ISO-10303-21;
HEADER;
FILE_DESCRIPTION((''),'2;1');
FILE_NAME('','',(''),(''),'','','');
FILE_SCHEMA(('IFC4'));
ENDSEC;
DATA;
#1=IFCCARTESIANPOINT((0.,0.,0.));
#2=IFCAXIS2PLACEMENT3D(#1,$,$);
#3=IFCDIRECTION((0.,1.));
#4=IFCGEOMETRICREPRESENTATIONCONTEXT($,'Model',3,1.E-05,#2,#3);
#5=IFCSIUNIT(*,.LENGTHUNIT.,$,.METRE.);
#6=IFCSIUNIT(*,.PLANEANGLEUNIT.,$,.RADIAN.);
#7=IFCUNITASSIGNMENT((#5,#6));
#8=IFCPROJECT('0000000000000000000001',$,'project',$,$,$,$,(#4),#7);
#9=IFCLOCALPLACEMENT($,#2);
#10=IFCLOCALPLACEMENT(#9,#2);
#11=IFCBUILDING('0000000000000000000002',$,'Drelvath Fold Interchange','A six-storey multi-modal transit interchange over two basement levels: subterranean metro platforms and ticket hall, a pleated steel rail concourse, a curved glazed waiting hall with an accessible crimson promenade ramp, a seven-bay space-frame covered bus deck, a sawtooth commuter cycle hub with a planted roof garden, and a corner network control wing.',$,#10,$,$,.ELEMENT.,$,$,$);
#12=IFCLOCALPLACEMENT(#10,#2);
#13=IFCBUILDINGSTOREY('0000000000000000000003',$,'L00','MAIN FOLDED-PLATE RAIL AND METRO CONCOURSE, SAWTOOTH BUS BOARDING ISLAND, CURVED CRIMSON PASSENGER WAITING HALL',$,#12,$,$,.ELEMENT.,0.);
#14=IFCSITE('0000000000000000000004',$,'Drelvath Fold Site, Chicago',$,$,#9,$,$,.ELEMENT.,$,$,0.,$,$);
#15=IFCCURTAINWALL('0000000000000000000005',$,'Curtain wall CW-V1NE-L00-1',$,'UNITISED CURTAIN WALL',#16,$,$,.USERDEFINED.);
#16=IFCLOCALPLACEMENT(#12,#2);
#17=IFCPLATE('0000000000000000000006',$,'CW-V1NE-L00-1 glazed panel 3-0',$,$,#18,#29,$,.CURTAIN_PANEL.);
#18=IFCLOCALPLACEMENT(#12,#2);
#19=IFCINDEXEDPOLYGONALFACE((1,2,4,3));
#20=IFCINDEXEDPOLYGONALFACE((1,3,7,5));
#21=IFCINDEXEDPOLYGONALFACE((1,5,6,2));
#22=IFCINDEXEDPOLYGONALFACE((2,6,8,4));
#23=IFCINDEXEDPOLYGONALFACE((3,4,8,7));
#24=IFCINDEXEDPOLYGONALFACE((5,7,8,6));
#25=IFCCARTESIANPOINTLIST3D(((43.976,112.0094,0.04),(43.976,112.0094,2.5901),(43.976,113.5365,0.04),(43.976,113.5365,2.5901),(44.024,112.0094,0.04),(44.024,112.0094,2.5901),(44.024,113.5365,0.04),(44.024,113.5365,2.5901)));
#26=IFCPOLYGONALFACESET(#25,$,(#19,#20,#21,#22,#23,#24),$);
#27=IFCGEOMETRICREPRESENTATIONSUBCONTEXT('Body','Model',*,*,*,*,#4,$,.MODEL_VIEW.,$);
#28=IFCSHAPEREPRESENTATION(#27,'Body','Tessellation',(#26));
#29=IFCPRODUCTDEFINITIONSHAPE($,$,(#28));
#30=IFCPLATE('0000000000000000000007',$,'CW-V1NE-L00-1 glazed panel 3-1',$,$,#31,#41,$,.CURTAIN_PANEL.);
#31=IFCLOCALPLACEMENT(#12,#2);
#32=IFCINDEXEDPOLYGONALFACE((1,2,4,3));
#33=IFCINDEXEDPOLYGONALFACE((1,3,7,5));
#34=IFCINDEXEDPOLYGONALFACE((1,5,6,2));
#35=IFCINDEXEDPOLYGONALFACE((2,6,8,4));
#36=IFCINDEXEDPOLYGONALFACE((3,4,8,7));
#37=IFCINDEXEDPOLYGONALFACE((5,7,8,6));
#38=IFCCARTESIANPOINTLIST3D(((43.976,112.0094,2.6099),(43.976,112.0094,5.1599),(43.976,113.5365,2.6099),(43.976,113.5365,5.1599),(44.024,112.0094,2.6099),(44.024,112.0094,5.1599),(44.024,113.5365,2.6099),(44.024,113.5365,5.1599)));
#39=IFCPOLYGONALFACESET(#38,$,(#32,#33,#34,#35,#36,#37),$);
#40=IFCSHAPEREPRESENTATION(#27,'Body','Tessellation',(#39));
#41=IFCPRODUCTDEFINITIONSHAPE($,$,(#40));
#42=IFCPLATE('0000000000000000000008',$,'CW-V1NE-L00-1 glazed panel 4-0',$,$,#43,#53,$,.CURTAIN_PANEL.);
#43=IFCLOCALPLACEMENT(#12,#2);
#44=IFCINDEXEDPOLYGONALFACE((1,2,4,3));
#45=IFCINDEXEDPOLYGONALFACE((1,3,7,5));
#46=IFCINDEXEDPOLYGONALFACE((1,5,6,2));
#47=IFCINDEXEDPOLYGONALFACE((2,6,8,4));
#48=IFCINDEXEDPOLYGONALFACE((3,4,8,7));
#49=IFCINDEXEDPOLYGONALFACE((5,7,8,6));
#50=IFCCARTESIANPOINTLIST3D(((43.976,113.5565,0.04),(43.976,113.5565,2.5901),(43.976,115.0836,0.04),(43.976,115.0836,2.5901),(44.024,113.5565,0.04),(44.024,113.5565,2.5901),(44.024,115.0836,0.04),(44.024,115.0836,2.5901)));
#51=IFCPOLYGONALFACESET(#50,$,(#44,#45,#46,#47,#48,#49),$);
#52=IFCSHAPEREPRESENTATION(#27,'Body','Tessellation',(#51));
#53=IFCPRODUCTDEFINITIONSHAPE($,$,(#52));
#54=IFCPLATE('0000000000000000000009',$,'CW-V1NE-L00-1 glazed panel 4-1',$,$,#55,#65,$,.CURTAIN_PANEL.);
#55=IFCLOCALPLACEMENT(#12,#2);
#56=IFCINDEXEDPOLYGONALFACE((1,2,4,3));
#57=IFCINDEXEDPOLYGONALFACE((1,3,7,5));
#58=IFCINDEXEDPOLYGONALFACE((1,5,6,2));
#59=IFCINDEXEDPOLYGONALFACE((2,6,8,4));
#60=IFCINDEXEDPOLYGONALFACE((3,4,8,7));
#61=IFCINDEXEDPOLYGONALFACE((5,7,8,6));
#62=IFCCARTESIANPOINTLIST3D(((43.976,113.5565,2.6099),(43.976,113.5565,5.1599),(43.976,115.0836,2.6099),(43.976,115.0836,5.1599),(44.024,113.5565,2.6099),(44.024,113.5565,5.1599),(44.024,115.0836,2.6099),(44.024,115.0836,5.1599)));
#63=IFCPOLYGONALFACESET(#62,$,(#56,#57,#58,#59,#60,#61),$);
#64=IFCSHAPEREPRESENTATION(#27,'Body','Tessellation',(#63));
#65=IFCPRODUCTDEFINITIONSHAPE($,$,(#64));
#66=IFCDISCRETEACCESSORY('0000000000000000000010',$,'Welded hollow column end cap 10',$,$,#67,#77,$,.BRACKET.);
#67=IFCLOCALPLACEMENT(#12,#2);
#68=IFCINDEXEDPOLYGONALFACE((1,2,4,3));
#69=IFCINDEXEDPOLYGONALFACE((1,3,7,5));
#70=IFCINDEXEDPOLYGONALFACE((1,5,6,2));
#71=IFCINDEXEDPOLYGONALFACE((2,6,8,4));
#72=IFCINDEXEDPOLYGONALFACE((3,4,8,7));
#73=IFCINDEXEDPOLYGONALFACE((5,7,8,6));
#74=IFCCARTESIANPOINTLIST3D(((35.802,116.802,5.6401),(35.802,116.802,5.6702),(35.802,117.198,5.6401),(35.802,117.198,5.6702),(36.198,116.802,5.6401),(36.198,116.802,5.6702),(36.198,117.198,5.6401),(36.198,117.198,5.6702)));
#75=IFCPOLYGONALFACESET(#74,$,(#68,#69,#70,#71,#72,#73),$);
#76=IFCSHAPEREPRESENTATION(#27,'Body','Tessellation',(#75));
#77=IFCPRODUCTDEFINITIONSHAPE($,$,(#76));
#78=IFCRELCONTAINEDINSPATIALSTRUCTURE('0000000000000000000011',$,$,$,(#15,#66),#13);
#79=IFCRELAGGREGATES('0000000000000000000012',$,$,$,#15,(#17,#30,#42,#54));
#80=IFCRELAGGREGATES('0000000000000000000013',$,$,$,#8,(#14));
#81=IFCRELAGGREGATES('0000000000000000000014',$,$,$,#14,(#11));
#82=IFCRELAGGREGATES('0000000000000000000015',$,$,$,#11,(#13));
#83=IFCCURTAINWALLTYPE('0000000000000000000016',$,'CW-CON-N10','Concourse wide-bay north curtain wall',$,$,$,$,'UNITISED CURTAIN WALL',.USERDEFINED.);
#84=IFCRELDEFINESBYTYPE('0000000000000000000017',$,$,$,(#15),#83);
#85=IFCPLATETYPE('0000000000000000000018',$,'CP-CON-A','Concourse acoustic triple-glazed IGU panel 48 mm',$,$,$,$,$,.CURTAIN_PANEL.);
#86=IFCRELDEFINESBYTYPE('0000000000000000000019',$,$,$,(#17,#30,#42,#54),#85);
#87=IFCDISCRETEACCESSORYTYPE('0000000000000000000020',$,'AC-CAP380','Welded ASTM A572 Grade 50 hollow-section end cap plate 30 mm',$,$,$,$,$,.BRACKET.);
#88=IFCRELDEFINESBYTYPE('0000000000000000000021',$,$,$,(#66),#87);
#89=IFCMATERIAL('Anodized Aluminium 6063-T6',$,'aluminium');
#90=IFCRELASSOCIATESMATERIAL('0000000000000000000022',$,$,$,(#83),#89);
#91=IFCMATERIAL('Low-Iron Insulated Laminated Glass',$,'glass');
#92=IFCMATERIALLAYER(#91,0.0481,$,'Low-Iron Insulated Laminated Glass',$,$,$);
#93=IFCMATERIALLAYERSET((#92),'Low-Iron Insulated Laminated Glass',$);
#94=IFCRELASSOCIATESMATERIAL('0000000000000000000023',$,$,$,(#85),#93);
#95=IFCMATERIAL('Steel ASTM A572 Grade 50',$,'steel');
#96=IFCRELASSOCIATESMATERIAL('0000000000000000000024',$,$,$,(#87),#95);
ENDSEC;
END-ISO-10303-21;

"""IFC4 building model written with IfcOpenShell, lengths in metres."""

from ifc_helpers import new_model, si_unit, direction, frame, origin, origin_2d, place, context, subcontext, project, spatial, rectangle, extrude, material, layer, layer_set, type_object, element, aggregate, save


model = new_model("IFC4")

# Units and contexts
model_context = context("Model", 3, precision=1e-05, world=origin(), true_north=direction((0.0, 1.0)))
body_context = subcontext(model_context, "Body", "Model", "MODEL_VIEW")
ifc_project = project(units=[si_unit("LENGTHUNIT", "METRE"), si_unit("PLANEANGLEUNIT", "RADIAN")], contexts=[model_context])

# Site, building, storey
site_placement = place(None, origin())
site = spatial("IfcSite", under=ifc_project, at=site_placement, Name="Drelvath Fold Site, Chicago", CompositionType="ELEMENT", RefElevation=0.0)
building_placement = place(site_placement, origin())
building = spatial("IfcBuilding", under=site, at=building_placement, Name="Drelvath Fold Interchange", Description="A six-storey multi-modal transit interchange over two basement levels: subterranean metro platforms and ticket hall, a pleated steel rail concourse, a curved glazed waiting hall with an accessible crimson promenade ramp, a seven-bay space-frame covered bus deck, a sawtooth commuter cycle hub with a planted roof garden, and a corner network control wing.", CompositionType="ELEMENT")
storey_placement = place(building_placement, origin())
storey = spatial("IfcBuildingStorey", under=building, at=storey_placement, Name="L00", Description="MAIN FOLDED-PLATE RAIL AND METRO CONCOURSE, SAWTOOTH BUS BOARDING ISLAND, CURVED CRIMSON PASSENGER WAITING HALL", CompositionType="ELEMENT", Elevation=0.0)

# Curtain wall
ifc_material_1 = material(Name="Anodized Aluminium 6063-T6", Category="aluminium")
curtain_wall_type_1 = type_object("IfcCurtainWallType", Name="CW-CON-N10", Description="Concourse wide-bay north curtain wall", ElementType="UNITISED CURTAIN WALL", PredefinedType="USERDEFINED", material=ifc_material_1)
curtain_wall_1_placement = place(storey_placement, origin())
curtain_wall_1 = element("IfcCurtainWall", 1, at=curtain_wall_1_placement, inside=storey, type_object=curtain_wall_type_1, Name="Curtain wall CW-V1NE-L00-1", ObjectType="UNITISED CURTAIN WALL", PredefinedType="USERDEFINED")

# Shared definitions
ifc_material_2 = material(Name="Low-Iron Insulated Laminated Glass", Category="glass")
ifc_layer = layer(ifc_material_2, 0.0481, Name="Low-Iron Insulated Laminated Glass")
ifc_layer_set = layer_set([ifc_layer], Name="Low-Iron Insulated Laminated Glass")
plate_type = type_object("IfcPlateType", Name="CP-CON-A", Description="Concourse acoustic triple-glazed IGU panel 48 mm", PredefinedType="CURTAIN_PANEL", material=ifc_layer_set)

# Plates
plate_1_placement = place(storey_placement, frame((44.0, 112.7729, 0.04), z_axis=(0.0, 0.0, 1.0), x_axis=(0.0, 1.0, 0.0)))
plate_1 = element("IfcPlate", 2, at=plate_1_placement, type_object=plate_type, Name="CW-V1NE-L00-1 glazed panel 3-0", PredefinedType="CURTAIN_PANEL", context=body_context, shape_type="SweptSolid", body=[
    extrude(rectangle(XDim=1.5271, YDim=0.0481, at=origin_2d()), origin(), (0.0, 0.0, 1.0), 2.55),
])
plate_2_placement = place(storey_placement, frame((44.0, 112.7729, 2.6099), z_axis=(0.0, 0.0, 1.0), x_axis=(0.0, 1.0, 0.0)))
plate_2 = element("IfcPlate", 3, at=plate_2_placement, type_object=plate_type, Name="CW-V1NE-L00-1 glazed panel 3-1", PredefinedType="CURTAIN_PANEL", context=body_context, shape_type="SweptSolid", body=[
    extrude(rectangle(XDim=1.5271, YDim=0.0481, at=origin_2d()), origin(), (0.0, 0.0, 1.0), 2.55),
])
plate_3_placement = place(storey_placement, frame((44.0, 114.3201, 0.04), z_axis=(0.0, 0.0, 1.0), x_axis=(0.0, 1.0, 0.0)))
plate_3 = element("IfcPlate", 4, at=plate_3_placement, type_object=plate_type, Name="CW-V1NE-L00-1 glazed panel 4-0", PredefinedType="CURTAIN_PANEL", context=body_context, shape_type="SweptSolid", body=[
    extrude(rectangle(XDim=1.5271, YDim=0.0481, at=origin_2d()), origin(), (0.0, 0.0, 1.0), 2.55),
])
plate_4_placement = place(storey_placement, frame((44.0, 114.3201, 2.6099), z_axis=(0.0, 0.0, 1.0), x_axis=(0.0, 1.0, 0.0)))
plate_4 = element("IfcPlate", 5, at=plate_4_placement, type_object=plate_type, Name="CW-V1NE-L00-1 glazed panel 4-1", PredefinedType="CURTAIN_PANEL", context=body_context, shape_type="SweptSolid", body=[
    extrude(rectangle(XDim=1.5271, YDim=0.0481, at=origin_2d()), origin(), (0.0, 0.0, 1.0), 2.55),
])
aggregate(curtain_wall_1, [plate_1, plate_2, plate_3, plate_4])

# Discrete accessory
ifc_material_3 = material(Name="Steel ASTM A572 Grade 50", Category="steel")
discrete_accessory_type = type_object("IfcDiscreteAccessoryType", Name="AC-CAP380", Description="Welded ASTM A572 Grade 50 hollow-section end cap plate 30 mm", PredefinedType="BRACKET", material=ifc_material_3)
discrete_accessory_placement = place(storey_placement, frame((36.0, 117.0, 5.6401), z_axis=(0.0, 0.0, 1.0), x_axis=(1.0, 0.0, 0.0)))
element("IfcDiscreteAccessory", 6, at=discrete_accessory_placement, inside=storey, type_object=discrete_accessory_type, Name="Welded hollow column end cap 10", PredefinedType="BRACKET", context=body_context, shape_type="SweptSolid", body=[
    extrude(rectangle(XDim=0.396, YDim=0.396, at=origin_2d()), origin(), (0.0, 0.0, 1.0), 0.03),
])

save(model, "model.ifc")
